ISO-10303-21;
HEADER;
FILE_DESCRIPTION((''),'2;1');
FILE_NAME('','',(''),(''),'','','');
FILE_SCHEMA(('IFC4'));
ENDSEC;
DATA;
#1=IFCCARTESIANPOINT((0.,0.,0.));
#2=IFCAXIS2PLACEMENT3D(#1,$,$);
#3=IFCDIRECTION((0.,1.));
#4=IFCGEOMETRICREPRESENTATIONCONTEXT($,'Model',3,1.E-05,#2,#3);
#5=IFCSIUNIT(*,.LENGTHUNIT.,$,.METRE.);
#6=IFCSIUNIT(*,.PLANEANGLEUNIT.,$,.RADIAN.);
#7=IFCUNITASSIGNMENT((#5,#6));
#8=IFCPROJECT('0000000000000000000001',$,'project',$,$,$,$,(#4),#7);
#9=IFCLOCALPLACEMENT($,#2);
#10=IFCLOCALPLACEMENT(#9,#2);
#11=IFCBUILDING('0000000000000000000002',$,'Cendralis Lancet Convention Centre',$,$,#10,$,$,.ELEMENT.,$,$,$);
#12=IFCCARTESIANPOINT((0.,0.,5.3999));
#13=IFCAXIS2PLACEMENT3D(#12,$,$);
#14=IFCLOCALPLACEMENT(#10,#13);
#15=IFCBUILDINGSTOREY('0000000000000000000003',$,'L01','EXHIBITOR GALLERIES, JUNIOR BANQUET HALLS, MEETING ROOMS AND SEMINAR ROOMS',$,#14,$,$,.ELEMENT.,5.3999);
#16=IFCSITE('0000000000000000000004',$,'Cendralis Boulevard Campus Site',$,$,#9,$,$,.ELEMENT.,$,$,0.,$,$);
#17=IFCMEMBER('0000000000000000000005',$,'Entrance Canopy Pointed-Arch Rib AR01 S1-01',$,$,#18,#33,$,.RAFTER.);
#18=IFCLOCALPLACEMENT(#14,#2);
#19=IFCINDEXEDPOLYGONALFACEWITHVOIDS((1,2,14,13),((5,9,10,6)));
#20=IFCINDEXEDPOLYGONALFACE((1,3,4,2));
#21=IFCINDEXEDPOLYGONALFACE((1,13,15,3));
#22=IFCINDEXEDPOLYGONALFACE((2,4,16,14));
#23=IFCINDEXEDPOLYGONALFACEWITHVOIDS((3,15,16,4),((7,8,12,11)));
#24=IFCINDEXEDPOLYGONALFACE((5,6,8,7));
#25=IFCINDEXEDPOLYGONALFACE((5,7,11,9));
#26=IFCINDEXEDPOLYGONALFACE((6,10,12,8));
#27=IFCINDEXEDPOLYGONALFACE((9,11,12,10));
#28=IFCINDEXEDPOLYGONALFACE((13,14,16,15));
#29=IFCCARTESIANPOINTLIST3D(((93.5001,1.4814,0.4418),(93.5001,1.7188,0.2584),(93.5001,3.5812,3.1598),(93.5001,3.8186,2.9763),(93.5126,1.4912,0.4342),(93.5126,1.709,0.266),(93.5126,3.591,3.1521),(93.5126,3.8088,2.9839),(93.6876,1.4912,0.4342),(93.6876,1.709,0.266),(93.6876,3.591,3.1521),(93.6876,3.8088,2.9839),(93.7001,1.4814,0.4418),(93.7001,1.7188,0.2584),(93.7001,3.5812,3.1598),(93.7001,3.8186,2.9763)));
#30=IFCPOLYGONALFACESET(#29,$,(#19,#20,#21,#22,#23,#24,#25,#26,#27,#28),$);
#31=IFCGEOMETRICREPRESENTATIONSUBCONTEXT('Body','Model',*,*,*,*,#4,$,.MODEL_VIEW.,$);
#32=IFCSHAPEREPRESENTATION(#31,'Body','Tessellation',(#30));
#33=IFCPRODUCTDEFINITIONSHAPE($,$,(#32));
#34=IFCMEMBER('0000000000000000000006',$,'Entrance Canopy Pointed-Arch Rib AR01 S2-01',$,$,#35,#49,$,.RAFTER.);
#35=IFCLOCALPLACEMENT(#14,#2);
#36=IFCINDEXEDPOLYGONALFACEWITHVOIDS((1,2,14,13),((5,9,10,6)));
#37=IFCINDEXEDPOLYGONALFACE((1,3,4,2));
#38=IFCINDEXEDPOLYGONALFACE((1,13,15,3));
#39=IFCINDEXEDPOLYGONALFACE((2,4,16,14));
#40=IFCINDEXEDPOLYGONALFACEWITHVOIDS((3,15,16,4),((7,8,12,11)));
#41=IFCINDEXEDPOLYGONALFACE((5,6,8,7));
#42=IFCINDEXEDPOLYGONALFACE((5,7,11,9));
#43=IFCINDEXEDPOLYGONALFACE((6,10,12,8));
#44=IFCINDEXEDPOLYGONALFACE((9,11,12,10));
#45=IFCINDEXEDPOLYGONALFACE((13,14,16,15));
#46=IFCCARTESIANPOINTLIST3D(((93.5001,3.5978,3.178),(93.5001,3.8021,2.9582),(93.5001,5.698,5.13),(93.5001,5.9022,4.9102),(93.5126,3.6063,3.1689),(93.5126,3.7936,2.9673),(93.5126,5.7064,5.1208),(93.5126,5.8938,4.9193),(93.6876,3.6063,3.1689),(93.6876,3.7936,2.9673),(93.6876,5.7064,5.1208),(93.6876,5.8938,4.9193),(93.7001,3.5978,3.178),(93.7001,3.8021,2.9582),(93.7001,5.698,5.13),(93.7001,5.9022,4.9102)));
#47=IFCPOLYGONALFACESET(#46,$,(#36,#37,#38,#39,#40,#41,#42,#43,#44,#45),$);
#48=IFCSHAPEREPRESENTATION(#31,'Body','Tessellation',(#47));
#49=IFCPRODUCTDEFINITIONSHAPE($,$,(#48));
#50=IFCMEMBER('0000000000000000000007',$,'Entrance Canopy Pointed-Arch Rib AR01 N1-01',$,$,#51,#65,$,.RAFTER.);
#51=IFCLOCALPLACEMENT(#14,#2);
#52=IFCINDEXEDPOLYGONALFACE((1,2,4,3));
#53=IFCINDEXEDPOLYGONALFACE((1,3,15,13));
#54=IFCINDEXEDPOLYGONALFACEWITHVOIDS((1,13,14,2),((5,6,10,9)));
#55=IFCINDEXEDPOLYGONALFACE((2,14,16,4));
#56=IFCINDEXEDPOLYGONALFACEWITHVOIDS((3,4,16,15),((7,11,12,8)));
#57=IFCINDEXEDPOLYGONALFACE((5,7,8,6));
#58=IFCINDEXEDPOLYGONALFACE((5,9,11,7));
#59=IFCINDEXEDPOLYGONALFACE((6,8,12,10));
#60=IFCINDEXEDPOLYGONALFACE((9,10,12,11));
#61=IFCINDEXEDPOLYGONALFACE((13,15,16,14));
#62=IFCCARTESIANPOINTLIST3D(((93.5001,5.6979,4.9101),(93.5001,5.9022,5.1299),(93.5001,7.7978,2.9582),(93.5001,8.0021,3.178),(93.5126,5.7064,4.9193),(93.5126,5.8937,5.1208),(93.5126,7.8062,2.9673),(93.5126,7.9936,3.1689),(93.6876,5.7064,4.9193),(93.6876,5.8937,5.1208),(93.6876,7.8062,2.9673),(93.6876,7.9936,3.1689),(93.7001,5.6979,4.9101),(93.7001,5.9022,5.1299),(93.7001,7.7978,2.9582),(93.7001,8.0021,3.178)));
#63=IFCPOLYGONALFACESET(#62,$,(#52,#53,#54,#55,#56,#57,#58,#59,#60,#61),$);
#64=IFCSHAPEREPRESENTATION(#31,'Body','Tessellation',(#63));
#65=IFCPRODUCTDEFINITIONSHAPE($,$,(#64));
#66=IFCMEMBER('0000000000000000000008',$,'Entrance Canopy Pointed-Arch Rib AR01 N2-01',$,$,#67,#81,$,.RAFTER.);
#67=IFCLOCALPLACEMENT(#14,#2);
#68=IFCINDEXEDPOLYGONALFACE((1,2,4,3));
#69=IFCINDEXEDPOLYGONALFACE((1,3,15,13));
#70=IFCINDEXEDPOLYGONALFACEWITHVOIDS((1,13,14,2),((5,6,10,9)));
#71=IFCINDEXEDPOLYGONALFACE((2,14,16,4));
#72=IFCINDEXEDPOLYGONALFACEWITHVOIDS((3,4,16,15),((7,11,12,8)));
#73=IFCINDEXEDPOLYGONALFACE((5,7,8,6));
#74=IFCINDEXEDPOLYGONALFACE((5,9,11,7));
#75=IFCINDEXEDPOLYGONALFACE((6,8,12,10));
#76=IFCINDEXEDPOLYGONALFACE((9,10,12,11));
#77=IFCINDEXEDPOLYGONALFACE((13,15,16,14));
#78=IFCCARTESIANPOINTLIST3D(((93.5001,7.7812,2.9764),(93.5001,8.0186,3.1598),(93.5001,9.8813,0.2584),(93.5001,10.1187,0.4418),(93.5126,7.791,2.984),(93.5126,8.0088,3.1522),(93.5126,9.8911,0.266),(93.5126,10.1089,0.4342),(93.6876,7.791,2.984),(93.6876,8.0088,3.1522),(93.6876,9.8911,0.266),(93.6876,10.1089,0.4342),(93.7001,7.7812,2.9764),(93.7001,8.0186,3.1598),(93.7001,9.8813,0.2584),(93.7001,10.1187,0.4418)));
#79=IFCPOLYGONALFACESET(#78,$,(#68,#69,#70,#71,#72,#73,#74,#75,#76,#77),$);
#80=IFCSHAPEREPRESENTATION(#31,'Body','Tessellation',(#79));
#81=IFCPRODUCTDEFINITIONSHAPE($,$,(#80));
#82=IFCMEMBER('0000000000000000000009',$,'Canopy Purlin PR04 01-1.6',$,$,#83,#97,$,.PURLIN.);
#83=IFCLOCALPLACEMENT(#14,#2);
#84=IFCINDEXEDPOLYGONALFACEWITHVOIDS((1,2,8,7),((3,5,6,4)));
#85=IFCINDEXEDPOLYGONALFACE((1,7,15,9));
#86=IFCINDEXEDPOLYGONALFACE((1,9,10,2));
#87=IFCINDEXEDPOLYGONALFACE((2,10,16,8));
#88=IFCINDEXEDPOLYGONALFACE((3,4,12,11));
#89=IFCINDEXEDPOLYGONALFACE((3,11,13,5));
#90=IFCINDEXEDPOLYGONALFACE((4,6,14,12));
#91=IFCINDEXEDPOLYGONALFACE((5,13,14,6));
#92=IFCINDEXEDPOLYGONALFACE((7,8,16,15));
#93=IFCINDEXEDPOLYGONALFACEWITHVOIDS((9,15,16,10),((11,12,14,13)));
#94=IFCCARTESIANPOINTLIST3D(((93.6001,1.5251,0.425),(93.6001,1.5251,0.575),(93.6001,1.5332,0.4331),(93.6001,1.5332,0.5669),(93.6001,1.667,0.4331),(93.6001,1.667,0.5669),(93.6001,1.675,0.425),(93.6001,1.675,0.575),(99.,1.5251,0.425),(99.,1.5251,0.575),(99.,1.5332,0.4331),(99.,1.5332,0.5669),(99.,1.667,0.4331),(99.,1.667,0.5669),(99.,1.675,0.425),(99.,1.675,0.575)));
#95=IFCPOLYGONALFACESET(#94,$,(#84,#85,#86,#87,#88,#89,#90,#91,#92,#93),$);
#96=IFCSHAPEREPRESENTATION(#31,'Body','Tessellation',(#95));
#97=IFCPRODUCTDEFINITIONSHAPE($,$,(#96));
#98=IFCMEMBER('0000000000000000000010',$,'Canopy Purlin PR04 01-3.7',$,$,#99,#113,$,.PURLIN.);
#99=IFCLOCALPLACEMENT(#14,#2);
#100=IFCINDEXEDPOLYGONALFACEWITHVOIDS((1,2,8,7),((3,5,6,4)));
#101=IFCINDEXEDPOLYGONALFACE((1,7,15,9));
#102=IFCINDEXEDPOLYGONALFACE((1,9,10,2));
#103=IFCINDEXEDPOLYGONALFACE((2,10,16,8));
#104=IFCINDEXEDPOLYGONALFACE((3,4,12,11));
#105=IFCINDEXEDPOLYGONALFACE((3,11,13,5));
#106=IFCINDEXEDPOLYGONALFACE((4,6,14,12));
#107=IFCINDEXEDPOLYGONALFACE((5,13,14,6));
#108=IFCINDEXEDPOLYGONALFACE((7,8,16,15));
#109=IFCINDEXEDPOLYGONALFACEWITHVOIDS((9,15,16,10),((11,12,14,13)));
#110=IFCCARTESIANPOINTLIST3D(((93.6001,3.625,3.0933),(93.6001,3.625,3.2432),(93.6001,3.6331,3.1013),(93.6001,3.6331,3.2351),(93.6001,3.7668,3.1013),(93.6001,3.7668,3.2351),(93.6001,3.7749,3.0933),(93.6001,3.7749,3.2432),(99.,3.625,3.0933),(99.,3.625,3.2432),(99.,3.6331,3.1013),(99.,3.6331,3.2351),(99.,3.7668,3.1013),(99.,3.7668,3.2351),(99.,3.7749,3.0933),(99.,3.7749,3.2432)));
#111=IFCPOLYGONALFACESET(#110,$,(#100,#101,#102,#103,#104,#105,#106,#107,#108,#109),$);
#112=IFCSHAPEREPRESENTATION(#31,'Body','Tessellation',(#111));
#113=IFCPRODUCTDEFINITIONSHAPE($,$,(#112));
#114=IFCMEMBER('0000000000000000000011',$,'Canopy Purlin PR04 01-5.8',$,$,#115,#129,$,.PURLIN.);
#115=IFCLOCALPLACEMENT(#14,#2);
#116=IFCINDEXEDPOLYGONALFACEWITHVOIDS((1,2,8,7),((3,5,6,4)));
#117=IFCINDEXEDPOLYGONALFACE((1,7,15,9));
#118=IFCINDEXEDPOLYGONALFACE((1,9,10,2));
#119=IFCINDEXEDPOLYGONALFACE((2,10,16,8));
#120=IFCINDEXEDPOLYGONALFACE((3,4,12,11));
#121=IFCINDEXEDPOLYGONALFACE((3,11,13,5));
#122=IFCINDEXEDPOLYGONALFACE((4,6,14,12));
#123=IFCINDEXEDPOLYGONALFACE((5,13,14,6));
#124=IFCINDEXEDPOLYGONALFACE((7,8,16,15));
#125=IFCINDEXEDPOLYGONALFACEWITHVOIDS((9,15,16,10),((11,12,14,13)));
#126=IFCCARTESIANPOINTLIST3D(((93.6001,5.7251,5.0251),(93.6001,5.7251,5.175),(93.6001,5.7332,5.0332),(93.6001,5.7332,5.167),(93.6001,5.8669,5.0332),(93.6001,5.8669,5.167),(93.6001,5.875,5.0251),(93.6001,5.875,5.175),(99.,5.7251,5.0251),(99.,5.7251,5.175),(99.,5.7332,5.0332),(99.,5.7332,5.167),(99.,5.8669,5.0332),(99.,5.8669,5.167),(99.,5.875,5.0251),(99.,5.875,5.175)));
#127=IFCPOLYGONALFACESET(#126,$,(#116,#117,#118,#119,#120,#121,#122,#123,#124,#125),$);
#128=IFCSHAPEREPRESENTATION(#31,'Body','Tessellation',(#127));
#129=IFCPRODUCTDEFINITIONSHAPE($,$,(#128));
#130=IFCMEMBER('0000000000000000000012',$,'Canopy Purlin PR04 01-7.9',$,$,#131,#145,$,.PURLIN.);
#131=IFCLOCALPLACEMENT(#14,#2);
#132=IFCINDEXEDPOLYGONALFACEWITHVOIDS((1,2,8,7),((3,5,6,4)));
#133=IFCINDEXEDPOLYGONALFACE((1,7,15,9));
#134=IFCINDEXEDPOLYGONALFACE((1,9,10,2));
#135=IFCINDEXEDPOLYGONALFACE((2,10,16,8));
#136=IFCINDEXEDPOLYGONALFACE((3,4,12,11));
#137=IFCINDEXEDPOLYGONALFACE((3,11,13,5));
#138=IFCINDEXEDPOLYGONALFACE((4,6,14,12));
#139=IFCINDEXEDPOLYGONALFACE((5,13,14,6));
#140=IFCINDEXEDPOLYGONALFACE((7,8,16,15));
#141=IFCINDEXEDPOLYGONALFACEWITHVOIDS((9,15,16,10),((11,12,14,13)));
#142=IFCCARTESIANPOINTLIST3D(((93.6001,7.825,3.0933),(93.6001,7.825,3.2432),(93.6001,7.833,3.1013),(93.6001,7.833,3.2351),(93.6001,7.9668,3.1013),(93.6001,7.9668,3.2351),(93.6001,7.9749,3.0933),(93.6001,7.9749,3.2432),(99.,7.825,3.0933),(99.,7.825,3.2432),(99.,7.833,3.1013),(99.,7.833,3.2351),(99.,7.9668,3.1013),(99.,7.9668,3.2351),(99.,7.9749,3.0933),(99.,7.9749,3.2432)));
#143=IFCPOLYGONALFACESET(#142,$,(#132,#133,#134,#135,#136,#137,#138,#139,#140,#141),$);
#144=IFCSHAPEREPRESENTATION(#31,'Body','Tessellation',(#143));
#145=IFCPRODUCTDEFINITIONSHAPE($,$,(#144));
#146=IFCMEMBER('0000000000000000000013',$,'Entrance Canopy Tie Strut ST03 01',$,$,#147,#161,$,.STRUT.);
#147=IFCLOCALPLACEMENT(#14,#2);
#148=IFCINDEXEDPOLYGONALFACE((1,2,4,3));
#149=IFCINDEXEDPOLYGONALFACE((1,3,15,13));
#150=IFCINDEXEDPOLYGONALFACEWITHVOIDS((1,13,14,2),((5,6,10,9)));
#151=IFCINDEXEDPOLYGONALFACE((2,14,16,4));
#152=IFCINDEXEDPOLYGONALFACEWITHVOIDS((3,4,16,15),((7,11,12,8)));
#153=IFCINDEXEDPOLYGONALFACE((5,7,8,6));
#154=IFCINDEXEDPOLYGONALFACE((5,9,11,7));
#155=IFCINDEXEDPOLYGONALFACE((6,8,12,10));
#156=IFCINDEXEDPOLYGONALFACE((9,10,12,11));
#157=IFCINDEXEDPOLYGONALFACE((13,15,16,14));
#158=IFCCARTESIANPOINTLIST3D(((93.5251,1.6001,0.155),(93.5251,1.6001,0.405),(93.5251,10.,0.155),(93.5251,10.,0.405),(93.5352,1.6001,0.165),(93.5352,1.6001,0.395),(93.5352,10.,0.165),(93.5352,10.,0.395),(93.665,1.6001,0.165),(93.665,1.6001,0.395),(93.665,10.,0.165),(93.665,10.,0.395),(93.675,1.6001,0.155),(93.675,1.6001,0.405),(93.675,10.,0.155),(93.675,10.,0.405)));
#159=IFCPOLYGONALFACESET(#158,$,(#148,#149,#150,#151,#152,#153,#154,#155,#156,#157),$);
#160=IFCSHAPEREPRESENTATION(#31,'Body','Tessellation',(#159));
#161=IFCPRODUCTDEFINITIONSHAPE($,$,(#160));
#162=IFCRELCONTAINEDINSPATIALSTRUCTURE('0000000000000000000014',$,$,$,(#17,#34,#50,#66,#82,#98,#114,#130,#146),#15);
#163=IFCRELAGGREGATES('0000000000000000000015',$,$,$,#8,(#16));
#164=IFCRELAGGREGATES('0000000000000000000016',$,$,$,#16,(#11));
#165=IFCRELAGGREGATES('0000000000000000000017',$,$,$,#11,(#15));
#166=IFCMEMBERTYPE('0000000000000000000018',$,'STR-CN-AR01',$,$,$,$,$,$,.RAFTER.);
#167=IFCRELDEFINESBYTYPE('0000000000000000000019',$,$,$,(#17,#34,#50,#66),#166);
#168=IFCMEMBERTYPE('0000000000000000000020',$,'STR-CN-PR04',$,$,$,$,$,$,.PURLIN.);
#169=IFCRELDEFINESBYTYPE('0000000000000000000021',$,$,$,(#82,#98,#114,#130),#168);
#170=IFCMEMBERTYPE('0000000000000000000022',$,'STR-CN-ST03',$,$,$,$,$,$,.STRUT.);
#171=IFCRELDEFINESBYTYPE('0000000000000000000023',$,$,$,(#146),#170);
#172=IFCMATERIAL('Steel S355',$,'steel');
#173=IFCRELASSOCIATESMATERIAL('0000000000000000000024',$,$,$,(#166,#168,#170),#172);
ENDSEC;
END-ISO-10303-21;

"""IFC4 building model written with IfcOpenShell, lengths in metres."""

from ifc_helpers import new_model, si_unit, direction, frame, origin, origin_2d, place, context, subcontext, project, spatial, hollow_rectangle, extrude, material, material_profile, profile_set, type_object, element, save


model = new_model("IFC4")

# Units and contexts
model_context = context("Model", 3, precision=1e-05, world=origin(), true_north=direction((0.0, 1.0)))
body_context = subcontext(model_context, "Body", "Model", "MODEL_VIEW")
ifc_project = project(units=[si_unit("LENGTHUNIT", "METRE"), si_unit("PLANEANGLEUNIT", "RADIAN")], contexts=[model_context])

# Site, building, storey
site_placement = place(None, origin())
site = spatial("IfcSite", under=ifc_project, at=site_placement, Name="Cendralis Boulevard Campus Site", CompositionType="ELEMENT", RefElevation=0.0)
building_placement = place(site_placement, origin())
building = spatial("IfcBuilding", under=site, at=building_placement, Name="Cendralis Lancet Convention Centre", CompositionType="ELEMENT")
storey_placement = place(building_placement, frame((0.0, 0.0, 5.3999)))
storey = spatial("IfcBuildingStorey", under=building, at=storey_placement, Name="L01", Description="EXHIBITOR GALLERIES, JUNIOR BANQUET HALLS, MEETING ROOMS AND SEMINAR ROOMS", CompositionType="ELEMENT", Elevation=5.3999)

# Members
ifc_material_1 = material(Name="Steel S355", Category="steel")
ifc_material_profile_1 = material_profile(ifc_material_1, hollow_rectangle(XDim=0.2, YDim=0.3, WallThickness=0.0125, at=origin_2d()), Name="RHS 300x200x12.5")
ifc_profile_set_1 = profile_set([ifc_material_profile_1], Name="Steel S355")
member_type_1 = type_object("IfcMemberType", Name="STR-CN-AR01", PredefinedType="RAFTER", material=ifc_profile_set_1)
member_1_placement = place(storey_placement, frame((93.6001, 1.6001, 0.3501), z_axis=(0.0, 0.611369, 0.791346), x_axis=(-1.0, 0.0, 0.0)))
element("IfcMember", 1, at=member_1_placement, inside=storey, type_object=member_type_1, Name="Entrance Canopy Pointed-Arch Rib AR01 S1-01", PredefinedType="RAFTER", context=body_context, shape_type="SweptSolid", body=[
    extrude(hollow_rectangle(XDim=0.2, YDim=0.3, WallThickness=0.0125, at=origin_2d()), origin(), (0.0, 0.0, 1.0), 3.4346),
])
member_2_placement = place(storey_placement, frame((93.6001, 3.7, 3.0681), z_axis=(0.0, 0.732478, 0.680791), x_axis=(-1.0, 0.0, 0.0)))
element("IfcMember", 2, at=member_2_placement, inside=storey, type_object=member_type_1, Name="Entrance Canopy Pointed-Arch Rib AR01 S2-01", PredefinedType="RAFTER", context=body_context, shape_type="SweptSolid", body=[
    extrude(hollow_rectangle(XDim=0.2, YDim=0.3, WallThickness=0.0125, at=origin_2d()), origin(), (0.0, 0.0, 1.0), 2.8672),
])
member_3_placement = place(storey_placement, frame((93.6001, 5.8, 5.02), z_axis=(0.0, 0.732439, -0.680833), x_axis=(-1.0, 0.0, 0.0)))
element("IfcMember", 3, at=member_3_placement, inside=storey, type_object=member_type_1, Name="Entrance Canopy Pointed-Arch Rib AR01 N1-01", PredefinedType="RAFTER", context=body_context, shape_type="SweptSolid", body=[
    extrude(hollow_rectangle(XDim=0.2, YDim=0.3, WallThickness=0.0125, at=origin_2d()), origin(), (0.0, 0.0, 1.0), 2.8669),
])
member_4_placement = place(storey_placement, frame((93.6001, 7.8999, 3.0681), z_axis=(0.0, 0.611413, -0.791312), x_axis=(-1.0, 0.0, 0.0)))
element("IfcMember", 4, at=member_4_placement, inside=storey, type_object=member_type_1, Name="Entrance Canopy Pointed-Arch Rib AR01 N2-01", PredefinedType="RAFTER", context=body_context, shape_type="SweptSolid", body=[
    extrude(hollow_rectangle(XDim=0.2, YDim=0.3, WallThickness=0.0125, at=origin_2d()), origin(), (0.0, 0.0, 1.0), 3.4348),
])
ifc_material_profile_2 = material_profile(ifc_material_1, hollow_rectangle(XDim=0.1499, YDim=0.1499, WallThickness=0.0081, at=origin_2d()), Name="SHS 150x150x8.0")
ifc_profile_set_2 = profile_set([ifc_material_profile_2], Name="Steel S355")
member_type_2 = type_object("IfcMemberType", Name="STR-CN-PR04", PredefinedType="PURLIN", material=ifc_profile_set_2)
for number, where, z_axis, x_axis, name in (
    (5, (93.6001, 1.6001, 0.5), (1.0, 0.0, 0.0), (0.0, 1.0, 0.0), "Canopy Purlin PR04 01-1.6"),
    (6, (93.6001, 3.7, 3.1682), (1.0, 0.0, 0.0), (0.0, 1.0, 0.0), "Canopy Purlin PR04 01-3.7"),
    (7, (93.6001, 5.8, 5.1001), (1.0, 0.0, 0.0), (0.0, 1.0, 0.0), "Canopy Purlin PR04 01-5.8"),
    (8, (93.6001, 7.8999, 3.1682), (1.0, 0.0, 0.0), (0.0, 1.0, 0.0), "Canopy Purlin PR04 01-7.9"),
):
    element("IfcMember", number, at=place(storey_placement, frame(where, z_axis=z_axis, x_axis=x_axis)), inside=storey, type_object=member_type_2, Name=name, PredefinedType="PURLIN", context=body_context, shape_type="SweptSolid", body=[
        extrude(hollow_rectangle(XDim=0.1499, YDim=0.1499, WallThickness=0.0081, at=origin_2d()), origin(), (0.0, 0.0, 1.0), 5.3999),
    ])
ifc_material_profile_3 = material_profile(ifc_material_1, hollow_rectangle(XDim=0.1499, YDim=0.25, WallThickness=0.01, at=origin_2d()), Name="RHS 250x150x10.0")
ifc_profile_set_3 = profile_set([ifc_material_profile_3], Name="Steel S355")
member_type_3 = type_object("IfcMemberType", Name="STR-CN-ST03", PredefinedType="STRUT", material=ifc_profile_set_3)
member_5_placement = place(storey_placement, frame((93.6001, 1.6001, 0.28), z_axis=(0.0, 1.0, 0.0), x_axis=(-1.0, 0.0, 0.0)))
element("IfcMember", 9, at=member_5_placement, inside=storey, type_object=member_type_3, Name="Entrance Canopy Tie Strut ST03 01", PredefinedType="STRUT", context=body_context, shape_type="SweptSolid", body=[
    extrude(hollow_rectangle(XDim=0.1499, YDim=0.25, WallThickness=0.01, at=origin_2d()), origin(), (0.0, 0.0, 1.0), 8.3999),
])

save(model, "model.ifc")
